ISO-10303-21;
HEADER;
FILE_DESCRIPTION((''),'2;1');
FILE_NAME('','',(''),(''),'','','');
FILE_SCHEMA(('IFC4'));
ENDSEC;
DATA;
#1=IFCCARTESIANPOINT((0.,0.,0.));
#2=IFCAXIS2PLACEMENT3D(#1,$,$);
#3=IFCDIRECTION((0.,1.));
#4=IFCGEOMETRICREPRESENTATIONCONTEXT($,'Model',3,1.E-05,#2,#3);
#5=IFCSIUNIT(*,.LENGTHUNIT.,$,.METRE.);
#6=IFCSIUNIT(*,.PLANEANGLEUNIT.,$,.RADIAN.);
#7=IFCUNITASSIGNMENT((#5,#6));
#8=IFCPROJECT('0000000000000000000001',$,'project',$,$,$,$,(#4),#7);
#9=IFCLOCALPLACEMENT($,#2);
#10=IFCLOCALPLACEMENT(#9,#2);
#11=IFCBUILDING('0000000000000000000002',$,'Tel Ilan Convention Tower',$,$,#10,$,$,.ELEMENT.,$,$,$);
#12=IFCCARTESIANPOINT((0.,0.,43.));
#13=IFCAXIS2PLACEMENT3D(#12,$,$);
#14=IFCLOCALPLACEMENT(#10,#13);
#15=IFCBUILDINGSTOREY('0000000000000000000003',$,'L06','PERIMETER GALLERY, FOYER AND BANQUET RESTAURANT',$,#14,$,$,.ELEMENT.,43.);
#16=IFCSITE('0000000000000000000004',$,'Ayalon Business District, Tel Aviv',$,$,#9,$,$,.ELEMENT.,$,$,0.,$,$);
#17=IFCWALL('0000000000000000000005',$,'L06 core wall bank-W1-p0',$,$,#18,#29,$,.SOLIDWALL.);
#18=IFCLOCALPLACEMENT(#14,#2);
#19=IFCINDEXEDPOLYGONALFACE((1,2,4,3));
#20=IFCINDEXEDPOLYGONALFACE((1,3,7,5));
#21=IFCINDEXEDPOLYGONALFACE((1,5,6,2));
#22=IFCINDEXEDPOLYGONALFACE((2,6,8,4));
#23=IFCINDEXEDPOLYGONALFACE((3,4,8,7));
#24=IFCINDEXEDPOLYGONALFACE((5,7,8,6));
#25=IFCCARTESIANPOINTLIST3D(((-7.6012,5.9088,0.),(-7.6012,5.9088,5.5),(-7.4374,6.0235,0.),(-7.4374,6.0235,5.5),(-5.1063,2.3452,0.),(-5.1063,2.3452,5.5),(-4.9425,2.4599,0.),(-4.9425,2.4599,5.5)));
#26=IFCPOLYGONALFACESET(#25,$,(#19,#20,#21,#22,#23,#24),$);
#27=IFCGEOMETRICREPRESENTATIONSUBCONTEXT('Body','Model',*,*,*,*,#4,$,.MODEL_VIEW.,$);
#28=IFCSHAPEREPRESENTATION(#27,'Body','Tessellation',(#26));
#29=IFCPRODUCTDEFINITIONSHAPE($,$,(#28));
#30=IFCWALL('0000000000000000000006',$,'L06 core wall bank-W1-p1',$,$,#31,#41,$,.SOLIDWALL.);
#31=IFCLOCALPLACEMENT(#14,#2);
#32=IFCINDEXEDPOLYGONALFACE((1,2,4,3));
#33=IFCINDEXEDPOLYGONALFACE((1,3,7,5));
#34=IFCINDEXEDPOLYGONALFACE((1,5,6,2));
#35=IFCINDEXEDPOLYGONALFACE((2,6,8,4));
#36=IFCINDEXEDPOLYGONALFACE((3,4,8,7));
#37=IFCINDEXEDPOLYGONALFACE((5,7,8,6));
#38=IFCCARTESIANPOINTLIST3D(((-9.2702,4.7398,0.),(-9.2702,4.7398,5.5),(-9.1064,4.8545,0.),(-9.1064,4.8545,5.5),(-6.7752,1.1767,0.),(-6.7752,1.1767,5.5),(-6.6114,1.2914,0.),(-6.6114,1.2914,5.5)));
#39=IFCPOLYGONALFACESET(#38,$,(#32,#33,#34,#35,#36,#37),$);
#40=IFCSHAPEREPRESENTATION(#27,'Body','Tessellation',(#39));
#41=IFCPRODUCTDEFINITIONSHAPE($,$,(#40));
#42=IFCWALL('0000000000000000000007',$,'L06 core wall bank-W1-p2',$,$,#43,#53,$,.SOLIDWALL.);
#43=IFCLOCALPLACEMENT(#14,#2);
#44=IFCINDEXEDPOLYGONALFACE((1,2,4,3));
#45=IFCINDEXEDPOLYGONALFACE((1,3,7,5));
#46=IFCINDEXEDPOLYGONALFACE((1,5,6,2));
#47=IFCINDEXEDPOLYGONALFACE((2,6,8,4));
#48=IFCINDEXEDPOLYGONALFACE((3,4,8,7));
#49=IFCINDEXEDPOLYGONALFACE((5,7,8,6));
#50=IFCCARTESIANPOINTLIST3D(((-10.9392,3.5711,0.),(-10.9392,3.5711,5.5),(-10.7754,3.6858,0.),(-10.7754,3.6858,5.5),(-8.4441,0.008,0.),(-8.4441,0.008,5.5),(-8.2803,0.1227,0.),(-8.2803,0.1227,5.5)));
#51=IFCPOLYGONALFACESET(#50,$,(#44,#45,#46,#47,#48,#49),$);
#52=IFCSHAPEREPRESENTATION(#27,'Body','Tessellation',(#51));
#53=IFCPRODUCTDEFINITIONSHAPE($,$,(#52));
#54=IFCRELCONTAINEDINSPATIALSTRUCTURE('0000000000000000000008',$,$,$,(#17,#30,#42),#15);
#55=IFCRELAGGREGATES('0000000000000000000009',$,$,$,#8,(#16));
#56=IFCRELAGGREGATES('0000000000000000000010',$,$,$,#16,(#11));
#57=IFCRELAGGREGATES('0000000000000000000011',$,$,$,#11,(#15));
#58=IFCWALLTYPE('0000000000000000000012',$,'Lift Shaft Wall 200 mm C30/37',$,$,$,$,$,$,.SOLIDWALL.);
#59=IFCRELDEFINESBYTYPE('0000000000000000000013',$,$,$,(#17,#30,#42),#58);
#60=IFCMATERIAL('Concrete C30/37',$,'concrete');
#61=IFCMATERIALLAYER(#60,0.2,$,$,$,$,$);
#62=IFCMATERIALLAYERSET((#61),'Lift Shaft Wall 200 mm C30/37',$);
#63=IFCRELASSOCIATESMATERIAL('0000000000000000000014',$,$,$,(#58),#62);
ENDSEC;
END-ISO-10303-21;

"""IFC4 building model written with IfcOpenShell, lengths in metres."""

from ifc_helpers import new_model, si_unit, direction, frame, frame_2d, origin, place, context, subcontext, project, spatial, rectangle, extrude, material, layer, layer_set, type_object, element, save


model = new_model("IFC4")

# Units and contexts
model_context = context("Model", 3, precision=1e-05, world=origin(), true_north=direction((0.0, 1.0)))
body_context = subcontext(model_context, "Body", "Model", "MODEL_VIEW")
ifc_project = project(units=[si_unit("LENGTHUNIT", "METRE"), si_unit("PLANEANGLEUNIT", "RADIAN")], contexts=[model_context])

# Site, building, storey
site_placement = place(None, origin())
site = spatial("IfcSite", under=ifc_project, at=site_placement, Name="Ayalon Business District, Tel Aviv", CompositionType="ELEMENT", RefElevation=0.0)
building_placement = place(site_placement, origin())
building = spatial("IfcBuilding", under=site, at=building_placement, Name="Tel Ilan Convention Tower", CompositionType="ELEMENT")
storey_placement = place(building_placement, frame((0.0, 0.0, 43.0)))
storey = spatial("IfcBuildingStorey", under=building, at=storey_placement, Name="L06", Description="PERIMETER GALLERY, FOYER AND BANQUET RESTAURANT", CompositionType="ELEMENT", Elevation=43.0)

# Walls
ifc_material_1 = material(Name="Concrete C30/37", Category="concrete")
ifc_layer_1 = layer(ifc_material_1, 0.2)
ifc_layer_set_1 = layer_set([ifc_layer_1], Name="Lift Shaft Wall 200 mm C30/37")
wall_type_1 = type_object("IfcWallType", Name="Lift Shaft Wall 200 mm C30/37", PredefinedType="SOLIDWALL", material=ifc_layer_set_1)
wall_1_placement = place(storey_placement, frame((-5.0244, 2.4026, 0.0), z_axis=(0.0, 0.0, 1.0), x_axis=(-0.57353, 0.819184, 0.0)))
element("IfcWall", 1, at=wall_1_placement, inside=storey, type_object=wall_type_1, Name="L06 core wall bank-W1-p0", PredefinedType="SOLIDWALL", context=body_context, shape_type="SweptSolid", body=[
    extrude(rectangle(XDim=4.3501, YDim=0.2, at=frame_2d((2.175, 0.0))), origin(), (0.0, 0.0, 1.0), 5.5),
])
for number, where, z_axis, x_axis, name in (
    (2, (-6.6934, 1.2341, 0.0), (0.0, 0.0, 1.0), (-0.573594, 0.81914, 0.0), "L06 core wall bank-W1-p1"),
    (3, (-8.3623, 0.0654, 0.0), (0.0, 0.0, 1.0), (-0.573594, 0.81914, 0.0), "L06 core wall bank-W1-p2"),
):
    element("IfcWall", number, at=place(storey_placement, frame(where, z_axis=z_axis, x_axis=x_axis)), inside=storey, type_object=wall_type_1, Name=name, PredefinedType="SOLIDWALL", context=body_context, shape_type="SweptSolid", body=[
        extrude(rectangle(XDim=4.3499, YDim=0.2, at=frame_2d((2.1748, 0.0))), origin(), (0.0, 0.0, 1.0), 5.5),
    ])

save(model, "model.ifc")
